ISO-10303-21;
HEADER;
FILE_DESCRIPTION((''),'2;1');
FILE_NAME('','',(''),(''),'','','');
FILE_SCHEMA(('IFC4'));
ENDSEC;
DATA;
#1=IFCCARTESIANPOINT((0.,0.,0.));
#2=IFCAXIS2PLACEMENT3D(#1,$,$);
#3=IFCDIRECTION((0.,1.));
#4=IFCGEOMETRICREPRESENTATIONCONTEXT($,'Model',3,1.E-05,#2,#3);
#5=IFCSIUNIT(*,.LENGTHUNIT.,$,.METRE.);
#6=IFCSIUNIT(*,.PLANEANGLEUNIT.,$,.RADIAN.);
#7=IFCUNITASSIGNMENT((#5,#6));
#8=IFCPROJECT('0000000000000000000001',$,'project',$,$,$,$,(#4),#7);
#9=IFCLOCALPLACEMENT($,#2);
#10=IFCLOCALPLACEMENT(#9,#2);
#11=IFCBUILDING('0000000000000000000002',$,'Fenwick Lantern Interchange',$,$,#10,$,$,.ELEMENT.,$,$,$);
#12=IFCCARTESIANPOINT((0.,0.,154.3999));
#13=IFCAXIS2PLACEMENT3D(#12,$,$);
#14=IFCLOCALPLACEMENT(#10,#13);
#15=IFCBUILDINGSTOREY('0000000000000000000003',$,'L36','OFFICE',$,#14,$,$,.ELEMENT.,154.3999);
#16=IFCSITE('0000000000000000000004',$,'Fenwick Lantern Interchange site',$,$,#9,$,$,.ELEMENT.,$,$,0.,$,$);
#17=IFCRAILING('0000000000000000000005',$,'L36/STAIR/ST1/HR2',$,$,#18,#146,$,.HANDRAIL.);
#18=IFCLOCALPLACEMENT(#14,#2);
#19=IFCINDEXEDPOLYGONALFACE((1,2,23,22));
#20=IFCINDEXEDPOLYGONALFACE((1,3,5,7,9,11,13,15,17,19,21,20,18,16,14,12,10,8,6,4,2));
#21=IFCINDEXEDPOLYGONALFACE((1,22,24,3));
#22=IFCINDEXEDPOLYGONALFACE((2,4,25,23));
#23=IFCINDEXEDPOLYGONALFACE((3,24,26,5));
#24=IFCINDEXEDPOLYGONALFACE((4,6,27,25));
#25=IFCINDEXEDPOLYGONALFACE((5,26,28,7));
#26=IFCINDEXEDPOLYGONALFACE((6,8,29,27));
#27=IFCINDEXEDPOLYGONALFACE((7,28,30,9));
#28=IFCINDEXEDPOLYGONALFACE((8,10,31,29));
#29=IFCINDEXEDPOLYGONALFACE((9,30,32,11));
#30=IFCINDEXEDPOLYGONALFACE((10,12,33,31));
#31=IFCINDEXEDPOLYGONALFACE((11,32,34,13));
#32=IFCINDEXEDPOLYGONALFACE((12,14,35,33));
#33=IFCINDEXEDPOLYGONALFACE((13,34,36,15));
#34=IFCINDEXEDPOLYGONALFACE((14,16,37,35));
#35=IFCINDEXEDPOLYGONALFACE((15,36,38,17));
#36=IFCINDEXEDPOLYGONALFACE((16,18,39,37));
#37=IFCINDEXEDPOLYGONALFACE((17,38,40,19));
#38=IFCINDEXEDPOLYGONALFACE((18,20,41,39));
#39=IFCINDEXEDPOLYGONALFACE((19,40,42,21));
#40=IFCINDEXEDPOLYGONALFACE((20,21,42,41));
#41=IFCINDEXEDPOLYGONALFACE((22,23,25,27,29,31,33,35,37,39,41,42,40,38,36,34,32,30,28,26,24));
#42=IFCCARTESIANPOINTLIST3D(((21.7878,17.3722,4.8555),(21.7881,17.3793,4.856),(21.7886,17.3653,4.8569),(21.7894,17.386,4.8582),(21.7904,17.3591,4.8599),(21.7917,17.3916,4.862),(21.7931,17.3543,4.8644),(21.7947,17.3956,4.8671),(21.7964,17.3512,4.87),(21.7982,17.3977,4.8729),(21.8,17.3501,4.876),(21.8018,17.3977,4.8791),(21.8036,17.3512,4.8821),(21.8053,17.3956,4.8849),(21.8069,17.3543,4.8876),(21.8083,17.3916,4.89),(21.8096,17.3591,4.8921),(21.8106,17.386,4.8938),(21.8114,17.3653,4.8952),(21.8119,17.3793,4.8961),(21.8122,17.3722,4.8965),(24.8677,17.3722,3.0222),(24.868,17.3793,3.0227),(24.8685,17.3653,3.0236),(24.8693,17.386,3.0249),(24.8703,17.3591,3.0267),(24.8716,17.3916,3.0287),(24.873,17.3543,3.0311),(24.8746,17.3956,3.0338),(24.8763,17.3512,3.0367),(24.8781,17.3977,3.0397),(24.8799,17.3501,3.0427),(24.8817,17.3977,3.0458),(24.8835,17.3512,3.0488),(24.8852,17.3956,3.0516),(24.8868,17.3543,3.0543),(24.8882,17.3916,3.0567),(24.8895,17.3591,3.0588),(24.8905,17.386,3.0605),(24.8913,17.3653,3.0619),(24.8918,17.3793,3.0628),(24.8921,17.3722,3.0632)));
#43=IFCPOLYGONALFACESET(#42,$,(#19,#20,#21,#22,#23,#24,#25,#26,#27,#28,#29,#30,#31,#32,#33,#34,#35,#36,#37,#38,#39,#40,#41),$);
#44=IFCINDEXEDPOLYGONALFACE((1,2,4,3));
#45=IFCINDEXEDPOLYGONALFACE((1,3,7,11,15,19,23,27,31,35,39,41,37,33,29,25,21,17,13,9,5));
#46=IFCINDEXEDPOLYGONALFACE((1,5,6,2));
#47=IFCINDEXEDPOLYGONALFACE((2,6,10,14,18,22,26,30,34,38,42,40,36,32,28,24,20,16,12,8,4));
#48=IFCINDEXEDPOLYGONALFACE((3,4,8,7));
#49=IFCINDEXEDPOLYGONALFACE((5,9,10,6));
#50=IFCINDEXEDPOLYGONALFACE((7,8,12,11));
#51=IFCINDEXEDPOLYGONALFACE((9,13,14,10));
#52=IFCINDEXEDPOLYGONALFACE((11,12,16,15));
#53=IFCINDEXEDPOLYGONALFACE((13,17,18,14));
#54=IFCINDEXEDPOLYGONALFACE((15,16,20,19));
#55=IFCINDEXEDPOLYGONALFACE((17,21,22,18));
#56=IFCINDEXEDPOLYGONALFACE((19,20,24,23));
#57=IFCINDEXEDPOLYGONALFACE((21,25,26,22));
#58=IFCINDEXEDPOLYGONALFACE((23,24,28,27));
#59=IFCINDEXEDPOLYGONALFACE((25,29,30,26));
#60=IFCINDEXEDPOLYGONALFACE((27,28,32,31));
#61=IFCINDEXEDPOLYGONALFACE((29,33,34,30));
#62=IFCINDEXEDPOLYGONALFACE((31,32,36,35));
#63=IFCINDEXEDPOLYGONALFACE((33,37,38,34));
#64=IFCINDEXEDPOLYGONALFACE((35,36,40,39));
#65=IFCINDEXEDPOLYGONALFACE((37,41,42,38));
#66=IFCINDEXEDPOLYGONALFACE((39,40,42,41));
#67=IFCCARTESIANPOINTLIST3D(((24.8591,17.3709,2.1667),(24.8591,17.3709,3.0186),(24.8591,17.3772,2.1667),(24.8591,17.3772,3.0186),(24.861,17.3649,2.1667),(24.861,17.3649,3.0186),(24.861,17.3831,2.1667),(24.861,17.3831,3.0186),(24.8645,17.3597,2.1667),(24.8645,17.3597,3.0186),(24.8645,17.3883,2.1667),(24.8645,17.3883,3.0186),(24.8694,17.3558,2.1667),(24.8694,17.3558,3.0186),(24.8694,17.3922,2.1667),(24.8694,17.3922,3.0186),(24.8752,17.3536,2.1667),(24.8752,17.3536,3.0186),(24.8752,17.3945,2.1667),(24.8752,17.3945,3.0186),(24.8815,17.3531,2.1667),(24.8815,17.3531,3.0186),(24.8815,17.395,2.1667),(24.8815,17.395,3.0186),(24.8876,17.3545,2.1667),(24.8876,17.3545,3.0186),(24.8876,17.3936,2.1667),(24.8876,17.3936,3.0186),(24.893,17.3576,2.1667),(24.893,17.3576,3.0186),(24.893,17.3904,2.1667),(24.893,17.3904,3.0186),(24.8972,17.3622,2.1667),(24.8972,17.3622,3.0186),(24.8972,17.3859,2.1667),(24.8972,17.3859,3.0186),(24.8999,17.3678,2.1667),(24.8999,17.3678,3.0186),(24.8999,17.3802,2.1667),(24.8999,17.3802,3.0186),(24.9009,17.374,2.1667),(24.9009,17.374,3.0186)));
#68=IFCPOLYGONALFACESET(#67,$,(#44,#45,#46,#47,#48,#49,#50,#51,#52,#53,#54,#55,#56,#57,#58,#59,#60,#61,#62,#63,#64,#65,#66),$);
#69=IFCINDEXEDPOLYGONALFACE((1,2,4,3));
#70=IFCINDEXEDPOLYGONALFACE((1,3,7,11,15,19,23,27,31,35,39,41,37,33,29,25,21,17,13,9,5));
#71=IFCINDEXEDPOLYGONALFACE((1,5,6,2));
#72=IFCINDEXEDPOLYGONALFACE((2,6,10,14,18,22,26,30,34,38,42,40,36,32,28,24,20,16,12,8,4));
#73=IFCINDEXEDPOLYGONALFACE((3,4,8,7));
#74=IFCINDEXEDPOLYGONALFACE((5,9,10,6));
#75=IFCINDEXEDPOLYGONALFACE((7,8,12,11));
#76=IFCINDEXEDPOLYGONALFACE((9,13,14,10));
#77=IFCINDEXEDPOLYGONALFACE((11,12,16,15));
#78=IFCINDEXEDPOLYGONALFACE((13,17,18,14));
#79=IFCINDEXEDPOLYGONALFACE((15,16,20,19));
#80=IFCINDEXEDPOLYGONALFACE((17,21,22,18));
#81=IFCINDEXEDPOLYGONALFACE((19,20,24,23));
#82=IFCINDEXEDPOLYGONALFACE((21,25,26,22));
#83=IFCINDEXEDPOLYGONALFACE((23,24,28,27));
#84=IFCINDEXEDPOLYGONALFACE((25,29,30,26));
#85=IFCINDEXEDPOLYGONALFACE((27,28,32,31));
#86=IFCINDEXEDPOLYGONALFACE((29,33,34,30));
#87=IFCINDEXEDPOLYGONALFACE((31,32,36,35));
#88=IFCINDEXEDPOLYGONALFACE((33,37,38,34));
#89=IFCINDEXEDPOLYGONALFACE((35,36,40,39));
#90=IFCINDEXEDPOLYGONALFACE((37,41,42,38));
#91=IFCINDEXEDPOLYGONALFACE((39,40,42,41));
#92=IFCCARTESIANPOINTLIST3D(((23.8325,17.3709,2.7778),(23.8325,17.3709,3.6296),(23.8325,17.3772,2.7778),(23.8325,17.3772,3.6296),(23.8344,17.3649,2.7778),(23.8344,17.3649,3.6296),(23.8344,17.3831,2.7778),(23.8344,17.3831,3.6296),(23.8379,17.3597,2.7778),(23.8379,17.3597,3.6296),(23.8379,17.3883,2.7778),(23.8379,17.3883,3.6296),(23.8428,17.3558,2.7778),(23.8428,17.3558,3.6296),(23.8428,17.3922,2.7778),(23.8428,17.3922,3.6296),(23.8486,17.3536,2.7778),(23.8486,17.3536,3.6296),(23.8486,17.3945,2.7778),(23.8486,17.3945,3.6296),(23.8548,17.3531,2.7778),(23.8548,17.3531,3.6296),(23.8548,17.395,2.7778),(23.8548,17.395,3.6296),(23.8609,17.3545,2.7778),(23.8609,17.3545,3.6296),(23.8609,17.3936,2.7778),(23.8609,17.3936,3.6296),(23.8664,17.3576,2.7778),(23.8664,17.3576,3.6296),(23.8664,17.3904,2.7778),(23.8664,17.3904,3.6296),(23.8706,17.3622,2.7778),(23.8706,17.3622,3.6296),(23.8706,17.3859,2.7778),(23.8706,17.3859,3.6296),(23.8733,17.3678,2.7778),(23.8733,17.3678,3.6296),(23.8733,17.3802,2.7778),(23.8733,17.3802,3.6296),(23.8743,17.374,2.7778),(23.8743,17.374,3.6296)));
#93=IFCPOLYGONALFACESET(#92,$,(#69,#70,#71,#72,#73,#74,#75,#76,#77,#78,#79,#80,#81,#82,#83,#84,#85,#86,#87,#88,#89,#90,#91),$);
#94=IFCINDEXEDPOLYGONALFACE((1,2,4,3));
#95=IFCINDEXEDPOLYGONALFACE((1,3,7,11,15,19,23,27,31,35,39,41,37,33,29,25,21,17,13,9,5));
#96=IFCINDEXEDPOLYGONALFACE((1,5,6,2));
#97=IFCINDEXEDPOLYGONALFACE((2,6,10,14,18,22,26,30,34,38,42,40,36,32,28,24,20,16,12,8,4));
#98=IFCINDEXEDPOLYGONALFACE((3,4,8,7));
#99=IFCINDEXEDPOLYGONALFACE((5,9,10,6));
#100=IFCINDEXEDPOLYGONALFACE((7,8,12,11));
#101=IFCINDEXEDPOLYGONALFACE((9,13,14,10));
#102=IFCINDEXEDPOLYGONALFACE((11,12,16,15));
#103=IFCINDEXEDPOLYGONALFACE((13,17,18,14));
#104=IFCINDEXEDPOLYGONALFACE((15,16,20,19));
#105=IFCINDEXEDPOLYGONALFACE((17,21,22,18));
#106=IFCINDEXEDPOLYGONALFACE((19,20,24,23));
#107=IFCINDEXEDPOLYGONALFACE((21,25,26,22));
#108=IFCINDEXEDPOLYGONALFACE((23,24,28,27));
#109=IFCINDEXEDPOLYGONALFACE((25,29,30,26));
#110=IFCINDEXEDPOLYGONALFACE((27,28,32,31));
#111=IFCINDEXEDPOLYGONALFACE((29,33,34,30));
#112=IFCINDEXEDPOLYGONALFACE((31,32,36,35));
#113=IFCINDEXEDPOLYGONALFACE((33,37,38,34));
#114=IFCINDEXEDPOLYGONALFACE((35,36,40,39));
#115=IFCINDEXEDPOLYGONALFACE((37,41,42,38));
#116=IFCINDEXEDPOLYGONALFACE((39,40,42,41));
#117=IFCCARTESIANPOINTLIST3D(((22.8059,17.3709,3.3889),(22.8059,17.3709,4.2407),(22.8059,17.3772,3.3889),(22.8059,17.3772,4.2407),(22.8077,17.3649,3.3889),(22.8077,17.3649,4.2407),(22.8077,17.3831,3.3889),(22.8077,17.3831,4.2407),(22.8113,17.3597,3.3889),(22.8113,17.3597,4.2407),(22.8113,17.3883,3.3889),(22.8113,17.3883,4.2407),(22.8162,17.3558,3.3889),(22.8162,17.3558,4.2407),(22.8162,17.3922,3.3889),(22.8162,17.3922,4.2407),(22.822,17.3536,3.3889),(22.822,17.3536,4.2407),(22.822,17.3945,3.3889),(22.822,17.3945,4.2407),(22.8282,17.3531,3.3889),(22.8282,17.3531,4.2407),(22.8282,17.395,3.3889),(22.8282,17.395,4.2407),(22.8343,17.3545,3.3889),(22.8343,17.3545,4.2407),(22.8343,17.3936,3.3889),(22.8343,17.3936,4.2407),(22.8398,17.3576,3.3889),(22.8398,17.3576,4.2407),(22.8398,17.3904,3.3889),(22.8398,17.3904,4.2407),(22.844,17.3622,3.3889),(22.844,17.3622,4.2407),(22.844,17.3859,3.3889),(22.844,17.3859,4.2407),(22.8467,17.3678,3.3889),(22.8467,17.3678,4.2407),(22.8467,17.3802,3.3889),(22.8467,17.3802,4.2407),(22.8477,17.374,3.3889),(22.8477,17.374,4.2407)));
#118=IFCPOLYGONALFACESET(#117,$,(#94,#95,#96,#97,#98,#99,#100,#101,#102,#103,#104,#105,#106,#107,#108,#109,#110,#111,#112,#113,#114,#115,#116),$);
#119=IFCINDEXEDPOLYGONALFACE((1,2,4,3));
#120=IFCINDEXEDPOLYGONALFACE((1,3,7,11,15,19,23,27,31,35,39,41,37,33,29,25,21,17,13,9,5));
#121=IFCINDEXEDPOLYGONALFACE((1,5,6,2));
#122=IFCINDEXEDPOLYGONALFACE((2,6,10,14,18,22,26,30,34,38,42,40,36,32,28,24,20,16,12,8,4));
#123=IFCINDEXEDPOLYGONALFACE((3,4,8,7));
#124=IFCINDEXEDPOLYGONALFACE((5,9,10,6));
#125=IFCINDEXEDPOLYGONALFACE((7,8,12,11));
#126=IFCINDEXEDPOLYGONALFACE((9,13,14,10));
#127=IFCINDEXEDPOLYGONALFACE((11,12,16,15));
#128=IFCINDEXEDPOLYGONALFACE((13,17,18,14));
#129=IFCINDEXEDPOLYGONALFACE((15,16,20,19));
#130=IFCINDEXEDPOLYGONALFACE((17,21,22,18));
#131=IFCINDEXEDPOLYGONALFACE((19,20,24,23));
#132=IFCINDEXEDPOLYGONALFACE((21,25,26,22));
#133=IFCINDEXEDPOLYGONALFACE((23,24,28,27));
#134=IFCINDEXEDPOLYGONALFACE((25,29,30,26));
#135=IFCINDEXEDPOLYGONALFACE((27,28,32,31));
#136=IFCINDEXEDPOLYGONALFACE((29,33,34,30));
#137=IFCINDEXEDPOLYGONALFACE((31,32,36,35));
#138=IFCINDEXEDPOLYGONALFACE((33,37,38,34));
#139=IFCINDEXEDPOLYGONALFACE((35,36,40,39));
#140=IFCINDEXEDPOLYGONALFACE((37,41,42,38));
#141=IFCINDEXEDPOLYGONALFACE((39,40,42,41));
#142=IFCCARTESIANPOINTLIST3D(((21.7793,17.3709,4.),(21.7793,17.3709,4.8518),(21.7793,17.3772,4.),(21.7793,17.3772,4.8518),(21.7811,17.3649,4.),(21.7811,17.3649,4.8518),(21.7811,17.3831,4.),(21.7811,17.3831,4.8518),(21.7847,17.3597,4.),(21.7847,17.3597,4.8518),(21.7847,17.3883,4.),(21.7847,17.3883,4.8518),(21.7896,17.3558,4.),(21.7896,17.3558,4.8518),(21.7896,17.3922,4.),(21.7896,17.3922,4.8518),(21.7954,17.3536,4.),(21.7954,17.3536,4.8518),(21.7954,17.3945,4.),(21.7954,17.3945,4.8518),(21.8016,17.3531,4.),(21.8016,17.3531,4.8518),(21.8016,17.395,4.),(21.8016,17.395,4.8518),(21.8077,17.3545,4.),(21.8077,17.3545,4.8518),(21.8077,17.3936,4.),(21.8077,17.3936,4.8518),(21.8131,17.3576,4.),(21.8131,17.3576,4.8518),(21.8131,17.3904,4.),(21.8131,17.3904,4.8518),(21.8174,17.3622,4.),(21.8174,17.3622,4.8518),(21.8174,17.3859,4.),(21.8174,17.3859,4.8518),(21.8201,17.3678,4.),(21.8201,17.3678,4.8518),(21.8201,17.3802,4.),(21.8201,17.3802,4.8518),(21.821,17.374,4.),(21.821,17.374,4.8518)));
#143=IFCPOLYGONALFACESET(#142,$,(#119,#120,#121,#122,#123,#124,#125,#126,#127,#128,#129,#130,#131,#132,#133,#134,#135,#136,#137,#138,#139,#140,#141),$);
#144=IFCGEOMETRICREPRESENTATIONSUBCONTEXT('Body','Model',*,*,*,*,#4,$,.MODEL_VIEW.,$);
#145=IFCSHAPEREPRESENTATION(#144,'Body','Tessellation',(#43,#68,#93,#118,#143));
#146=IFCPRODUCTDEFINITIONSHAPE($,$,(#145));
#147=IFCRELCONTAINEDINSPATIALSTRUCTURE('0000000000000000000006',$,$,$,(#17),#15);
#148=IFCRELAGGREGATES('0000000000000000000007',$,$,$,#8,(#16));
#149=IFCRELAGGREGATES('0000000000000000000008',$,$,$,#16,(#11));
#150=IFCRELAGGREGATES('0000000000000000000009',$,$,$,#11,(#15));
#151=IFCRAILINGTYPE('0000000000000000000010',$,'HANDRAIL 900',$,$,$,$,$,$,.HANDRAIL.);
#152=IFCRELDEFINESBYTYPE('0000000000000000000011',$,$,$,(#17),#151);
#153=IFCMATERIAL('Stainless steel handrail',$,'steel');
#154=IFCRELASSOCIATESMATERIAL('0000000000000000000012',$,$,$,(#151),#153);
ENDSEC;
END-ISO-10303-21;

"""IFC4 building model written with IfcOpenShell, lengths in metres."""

from ifc_helpers import new_model, si_unit, direction, frame, origin, origin_2d, place, context, subcontext, project, spatial, circle, extrude, material, type_object, element, save


model = new_model("IFC4")

# Units and contexts
model_context = context("Model", 3, precision=1e-05, world=origin(), true_north=direction((0.0, 1.0)))
body_context = subcontext(model_context, "Body", "Model", "MODEL_VIEW")
ifc_project = project(units=[si_unit("LENGTHUNIT", "METRE"), si_unit("PLANEANGLEUNIT", "RADIAN")], contexts=[model_context])

# Site, building, storey
site_placement = place(None, origin())
site = spatial("IfcSite", under=ifc_project, at=site_placement, Name="Fenwick Lantern Interchange site", CompositionType="ELEMENT", RefElevation=0.0)
building_placement = place(site_placement, origin())
building = spatial("IfcBuilding", under=site, at=building_placement, Name="Fenwick Lantern Interchange", CompositionType="ELEMENT")
storey_placement = place(building_placement, frame((0.0, 0.0, 154.3999)))
storey = spatial("IfcBuildingStorey", under=building, at=storey_placement, Name="L36", Description="OFFICE", CompositionType="ELEMENT", Elevation=154.3999)

# Railing
ifc_material_1 = material(Name="Stainless steel handrail", Category="steel")
railing_type = type_object("IfcRailingType", Name="HANDRAIL 900", PredefinedType="HANDRAIL", material=ifc_material_1)
railing_1_placement = place(storey_placement, frame((24.8799, 17.374, 2.1667)))
element("IfcRailing", 1, at=railing_1_placement, inside=storey, type_object=railing_type, Name="L36/STAIR/ST1/HR2", PredefinedType="HANDRAIL", context=body_context, shape_type="SweptSolid", body=[
    extrude(circle(Radius=0.0239, at=origin_2d()), frame((0.0, 0.0, 0.876), z_axis=(-0.859291, 0.0, 0.511487), x_axis=(0.0, -1.0, 0.0)), (0.0, 0.0, 1.0), 3.5842),
    extrude(circle(Radius=0.021, at=origin_2d()), origin(), (0.0, 0.0, 1.0), 0.8518),
    extrude(circle(Radius=0.021, at=origin_2d()), frame((-1.0266, 0.0, 0.6111)), (0.0, 0.0, 1.0), 0.8518),
    extrude(circle(Radius=0.021, at=origin_2d()), frame((-2.0532, 0.0, 1.2222)), (0.0, 0.0, 1.0), 0.8518),
    extrude(circle(Radius=0.021, at=origin_2d()), frame((-3.0798, 0.0, 1.8333)), (0.0, 0.0, 1.0), 0.8518),
])

save(model, "model.ifc")
